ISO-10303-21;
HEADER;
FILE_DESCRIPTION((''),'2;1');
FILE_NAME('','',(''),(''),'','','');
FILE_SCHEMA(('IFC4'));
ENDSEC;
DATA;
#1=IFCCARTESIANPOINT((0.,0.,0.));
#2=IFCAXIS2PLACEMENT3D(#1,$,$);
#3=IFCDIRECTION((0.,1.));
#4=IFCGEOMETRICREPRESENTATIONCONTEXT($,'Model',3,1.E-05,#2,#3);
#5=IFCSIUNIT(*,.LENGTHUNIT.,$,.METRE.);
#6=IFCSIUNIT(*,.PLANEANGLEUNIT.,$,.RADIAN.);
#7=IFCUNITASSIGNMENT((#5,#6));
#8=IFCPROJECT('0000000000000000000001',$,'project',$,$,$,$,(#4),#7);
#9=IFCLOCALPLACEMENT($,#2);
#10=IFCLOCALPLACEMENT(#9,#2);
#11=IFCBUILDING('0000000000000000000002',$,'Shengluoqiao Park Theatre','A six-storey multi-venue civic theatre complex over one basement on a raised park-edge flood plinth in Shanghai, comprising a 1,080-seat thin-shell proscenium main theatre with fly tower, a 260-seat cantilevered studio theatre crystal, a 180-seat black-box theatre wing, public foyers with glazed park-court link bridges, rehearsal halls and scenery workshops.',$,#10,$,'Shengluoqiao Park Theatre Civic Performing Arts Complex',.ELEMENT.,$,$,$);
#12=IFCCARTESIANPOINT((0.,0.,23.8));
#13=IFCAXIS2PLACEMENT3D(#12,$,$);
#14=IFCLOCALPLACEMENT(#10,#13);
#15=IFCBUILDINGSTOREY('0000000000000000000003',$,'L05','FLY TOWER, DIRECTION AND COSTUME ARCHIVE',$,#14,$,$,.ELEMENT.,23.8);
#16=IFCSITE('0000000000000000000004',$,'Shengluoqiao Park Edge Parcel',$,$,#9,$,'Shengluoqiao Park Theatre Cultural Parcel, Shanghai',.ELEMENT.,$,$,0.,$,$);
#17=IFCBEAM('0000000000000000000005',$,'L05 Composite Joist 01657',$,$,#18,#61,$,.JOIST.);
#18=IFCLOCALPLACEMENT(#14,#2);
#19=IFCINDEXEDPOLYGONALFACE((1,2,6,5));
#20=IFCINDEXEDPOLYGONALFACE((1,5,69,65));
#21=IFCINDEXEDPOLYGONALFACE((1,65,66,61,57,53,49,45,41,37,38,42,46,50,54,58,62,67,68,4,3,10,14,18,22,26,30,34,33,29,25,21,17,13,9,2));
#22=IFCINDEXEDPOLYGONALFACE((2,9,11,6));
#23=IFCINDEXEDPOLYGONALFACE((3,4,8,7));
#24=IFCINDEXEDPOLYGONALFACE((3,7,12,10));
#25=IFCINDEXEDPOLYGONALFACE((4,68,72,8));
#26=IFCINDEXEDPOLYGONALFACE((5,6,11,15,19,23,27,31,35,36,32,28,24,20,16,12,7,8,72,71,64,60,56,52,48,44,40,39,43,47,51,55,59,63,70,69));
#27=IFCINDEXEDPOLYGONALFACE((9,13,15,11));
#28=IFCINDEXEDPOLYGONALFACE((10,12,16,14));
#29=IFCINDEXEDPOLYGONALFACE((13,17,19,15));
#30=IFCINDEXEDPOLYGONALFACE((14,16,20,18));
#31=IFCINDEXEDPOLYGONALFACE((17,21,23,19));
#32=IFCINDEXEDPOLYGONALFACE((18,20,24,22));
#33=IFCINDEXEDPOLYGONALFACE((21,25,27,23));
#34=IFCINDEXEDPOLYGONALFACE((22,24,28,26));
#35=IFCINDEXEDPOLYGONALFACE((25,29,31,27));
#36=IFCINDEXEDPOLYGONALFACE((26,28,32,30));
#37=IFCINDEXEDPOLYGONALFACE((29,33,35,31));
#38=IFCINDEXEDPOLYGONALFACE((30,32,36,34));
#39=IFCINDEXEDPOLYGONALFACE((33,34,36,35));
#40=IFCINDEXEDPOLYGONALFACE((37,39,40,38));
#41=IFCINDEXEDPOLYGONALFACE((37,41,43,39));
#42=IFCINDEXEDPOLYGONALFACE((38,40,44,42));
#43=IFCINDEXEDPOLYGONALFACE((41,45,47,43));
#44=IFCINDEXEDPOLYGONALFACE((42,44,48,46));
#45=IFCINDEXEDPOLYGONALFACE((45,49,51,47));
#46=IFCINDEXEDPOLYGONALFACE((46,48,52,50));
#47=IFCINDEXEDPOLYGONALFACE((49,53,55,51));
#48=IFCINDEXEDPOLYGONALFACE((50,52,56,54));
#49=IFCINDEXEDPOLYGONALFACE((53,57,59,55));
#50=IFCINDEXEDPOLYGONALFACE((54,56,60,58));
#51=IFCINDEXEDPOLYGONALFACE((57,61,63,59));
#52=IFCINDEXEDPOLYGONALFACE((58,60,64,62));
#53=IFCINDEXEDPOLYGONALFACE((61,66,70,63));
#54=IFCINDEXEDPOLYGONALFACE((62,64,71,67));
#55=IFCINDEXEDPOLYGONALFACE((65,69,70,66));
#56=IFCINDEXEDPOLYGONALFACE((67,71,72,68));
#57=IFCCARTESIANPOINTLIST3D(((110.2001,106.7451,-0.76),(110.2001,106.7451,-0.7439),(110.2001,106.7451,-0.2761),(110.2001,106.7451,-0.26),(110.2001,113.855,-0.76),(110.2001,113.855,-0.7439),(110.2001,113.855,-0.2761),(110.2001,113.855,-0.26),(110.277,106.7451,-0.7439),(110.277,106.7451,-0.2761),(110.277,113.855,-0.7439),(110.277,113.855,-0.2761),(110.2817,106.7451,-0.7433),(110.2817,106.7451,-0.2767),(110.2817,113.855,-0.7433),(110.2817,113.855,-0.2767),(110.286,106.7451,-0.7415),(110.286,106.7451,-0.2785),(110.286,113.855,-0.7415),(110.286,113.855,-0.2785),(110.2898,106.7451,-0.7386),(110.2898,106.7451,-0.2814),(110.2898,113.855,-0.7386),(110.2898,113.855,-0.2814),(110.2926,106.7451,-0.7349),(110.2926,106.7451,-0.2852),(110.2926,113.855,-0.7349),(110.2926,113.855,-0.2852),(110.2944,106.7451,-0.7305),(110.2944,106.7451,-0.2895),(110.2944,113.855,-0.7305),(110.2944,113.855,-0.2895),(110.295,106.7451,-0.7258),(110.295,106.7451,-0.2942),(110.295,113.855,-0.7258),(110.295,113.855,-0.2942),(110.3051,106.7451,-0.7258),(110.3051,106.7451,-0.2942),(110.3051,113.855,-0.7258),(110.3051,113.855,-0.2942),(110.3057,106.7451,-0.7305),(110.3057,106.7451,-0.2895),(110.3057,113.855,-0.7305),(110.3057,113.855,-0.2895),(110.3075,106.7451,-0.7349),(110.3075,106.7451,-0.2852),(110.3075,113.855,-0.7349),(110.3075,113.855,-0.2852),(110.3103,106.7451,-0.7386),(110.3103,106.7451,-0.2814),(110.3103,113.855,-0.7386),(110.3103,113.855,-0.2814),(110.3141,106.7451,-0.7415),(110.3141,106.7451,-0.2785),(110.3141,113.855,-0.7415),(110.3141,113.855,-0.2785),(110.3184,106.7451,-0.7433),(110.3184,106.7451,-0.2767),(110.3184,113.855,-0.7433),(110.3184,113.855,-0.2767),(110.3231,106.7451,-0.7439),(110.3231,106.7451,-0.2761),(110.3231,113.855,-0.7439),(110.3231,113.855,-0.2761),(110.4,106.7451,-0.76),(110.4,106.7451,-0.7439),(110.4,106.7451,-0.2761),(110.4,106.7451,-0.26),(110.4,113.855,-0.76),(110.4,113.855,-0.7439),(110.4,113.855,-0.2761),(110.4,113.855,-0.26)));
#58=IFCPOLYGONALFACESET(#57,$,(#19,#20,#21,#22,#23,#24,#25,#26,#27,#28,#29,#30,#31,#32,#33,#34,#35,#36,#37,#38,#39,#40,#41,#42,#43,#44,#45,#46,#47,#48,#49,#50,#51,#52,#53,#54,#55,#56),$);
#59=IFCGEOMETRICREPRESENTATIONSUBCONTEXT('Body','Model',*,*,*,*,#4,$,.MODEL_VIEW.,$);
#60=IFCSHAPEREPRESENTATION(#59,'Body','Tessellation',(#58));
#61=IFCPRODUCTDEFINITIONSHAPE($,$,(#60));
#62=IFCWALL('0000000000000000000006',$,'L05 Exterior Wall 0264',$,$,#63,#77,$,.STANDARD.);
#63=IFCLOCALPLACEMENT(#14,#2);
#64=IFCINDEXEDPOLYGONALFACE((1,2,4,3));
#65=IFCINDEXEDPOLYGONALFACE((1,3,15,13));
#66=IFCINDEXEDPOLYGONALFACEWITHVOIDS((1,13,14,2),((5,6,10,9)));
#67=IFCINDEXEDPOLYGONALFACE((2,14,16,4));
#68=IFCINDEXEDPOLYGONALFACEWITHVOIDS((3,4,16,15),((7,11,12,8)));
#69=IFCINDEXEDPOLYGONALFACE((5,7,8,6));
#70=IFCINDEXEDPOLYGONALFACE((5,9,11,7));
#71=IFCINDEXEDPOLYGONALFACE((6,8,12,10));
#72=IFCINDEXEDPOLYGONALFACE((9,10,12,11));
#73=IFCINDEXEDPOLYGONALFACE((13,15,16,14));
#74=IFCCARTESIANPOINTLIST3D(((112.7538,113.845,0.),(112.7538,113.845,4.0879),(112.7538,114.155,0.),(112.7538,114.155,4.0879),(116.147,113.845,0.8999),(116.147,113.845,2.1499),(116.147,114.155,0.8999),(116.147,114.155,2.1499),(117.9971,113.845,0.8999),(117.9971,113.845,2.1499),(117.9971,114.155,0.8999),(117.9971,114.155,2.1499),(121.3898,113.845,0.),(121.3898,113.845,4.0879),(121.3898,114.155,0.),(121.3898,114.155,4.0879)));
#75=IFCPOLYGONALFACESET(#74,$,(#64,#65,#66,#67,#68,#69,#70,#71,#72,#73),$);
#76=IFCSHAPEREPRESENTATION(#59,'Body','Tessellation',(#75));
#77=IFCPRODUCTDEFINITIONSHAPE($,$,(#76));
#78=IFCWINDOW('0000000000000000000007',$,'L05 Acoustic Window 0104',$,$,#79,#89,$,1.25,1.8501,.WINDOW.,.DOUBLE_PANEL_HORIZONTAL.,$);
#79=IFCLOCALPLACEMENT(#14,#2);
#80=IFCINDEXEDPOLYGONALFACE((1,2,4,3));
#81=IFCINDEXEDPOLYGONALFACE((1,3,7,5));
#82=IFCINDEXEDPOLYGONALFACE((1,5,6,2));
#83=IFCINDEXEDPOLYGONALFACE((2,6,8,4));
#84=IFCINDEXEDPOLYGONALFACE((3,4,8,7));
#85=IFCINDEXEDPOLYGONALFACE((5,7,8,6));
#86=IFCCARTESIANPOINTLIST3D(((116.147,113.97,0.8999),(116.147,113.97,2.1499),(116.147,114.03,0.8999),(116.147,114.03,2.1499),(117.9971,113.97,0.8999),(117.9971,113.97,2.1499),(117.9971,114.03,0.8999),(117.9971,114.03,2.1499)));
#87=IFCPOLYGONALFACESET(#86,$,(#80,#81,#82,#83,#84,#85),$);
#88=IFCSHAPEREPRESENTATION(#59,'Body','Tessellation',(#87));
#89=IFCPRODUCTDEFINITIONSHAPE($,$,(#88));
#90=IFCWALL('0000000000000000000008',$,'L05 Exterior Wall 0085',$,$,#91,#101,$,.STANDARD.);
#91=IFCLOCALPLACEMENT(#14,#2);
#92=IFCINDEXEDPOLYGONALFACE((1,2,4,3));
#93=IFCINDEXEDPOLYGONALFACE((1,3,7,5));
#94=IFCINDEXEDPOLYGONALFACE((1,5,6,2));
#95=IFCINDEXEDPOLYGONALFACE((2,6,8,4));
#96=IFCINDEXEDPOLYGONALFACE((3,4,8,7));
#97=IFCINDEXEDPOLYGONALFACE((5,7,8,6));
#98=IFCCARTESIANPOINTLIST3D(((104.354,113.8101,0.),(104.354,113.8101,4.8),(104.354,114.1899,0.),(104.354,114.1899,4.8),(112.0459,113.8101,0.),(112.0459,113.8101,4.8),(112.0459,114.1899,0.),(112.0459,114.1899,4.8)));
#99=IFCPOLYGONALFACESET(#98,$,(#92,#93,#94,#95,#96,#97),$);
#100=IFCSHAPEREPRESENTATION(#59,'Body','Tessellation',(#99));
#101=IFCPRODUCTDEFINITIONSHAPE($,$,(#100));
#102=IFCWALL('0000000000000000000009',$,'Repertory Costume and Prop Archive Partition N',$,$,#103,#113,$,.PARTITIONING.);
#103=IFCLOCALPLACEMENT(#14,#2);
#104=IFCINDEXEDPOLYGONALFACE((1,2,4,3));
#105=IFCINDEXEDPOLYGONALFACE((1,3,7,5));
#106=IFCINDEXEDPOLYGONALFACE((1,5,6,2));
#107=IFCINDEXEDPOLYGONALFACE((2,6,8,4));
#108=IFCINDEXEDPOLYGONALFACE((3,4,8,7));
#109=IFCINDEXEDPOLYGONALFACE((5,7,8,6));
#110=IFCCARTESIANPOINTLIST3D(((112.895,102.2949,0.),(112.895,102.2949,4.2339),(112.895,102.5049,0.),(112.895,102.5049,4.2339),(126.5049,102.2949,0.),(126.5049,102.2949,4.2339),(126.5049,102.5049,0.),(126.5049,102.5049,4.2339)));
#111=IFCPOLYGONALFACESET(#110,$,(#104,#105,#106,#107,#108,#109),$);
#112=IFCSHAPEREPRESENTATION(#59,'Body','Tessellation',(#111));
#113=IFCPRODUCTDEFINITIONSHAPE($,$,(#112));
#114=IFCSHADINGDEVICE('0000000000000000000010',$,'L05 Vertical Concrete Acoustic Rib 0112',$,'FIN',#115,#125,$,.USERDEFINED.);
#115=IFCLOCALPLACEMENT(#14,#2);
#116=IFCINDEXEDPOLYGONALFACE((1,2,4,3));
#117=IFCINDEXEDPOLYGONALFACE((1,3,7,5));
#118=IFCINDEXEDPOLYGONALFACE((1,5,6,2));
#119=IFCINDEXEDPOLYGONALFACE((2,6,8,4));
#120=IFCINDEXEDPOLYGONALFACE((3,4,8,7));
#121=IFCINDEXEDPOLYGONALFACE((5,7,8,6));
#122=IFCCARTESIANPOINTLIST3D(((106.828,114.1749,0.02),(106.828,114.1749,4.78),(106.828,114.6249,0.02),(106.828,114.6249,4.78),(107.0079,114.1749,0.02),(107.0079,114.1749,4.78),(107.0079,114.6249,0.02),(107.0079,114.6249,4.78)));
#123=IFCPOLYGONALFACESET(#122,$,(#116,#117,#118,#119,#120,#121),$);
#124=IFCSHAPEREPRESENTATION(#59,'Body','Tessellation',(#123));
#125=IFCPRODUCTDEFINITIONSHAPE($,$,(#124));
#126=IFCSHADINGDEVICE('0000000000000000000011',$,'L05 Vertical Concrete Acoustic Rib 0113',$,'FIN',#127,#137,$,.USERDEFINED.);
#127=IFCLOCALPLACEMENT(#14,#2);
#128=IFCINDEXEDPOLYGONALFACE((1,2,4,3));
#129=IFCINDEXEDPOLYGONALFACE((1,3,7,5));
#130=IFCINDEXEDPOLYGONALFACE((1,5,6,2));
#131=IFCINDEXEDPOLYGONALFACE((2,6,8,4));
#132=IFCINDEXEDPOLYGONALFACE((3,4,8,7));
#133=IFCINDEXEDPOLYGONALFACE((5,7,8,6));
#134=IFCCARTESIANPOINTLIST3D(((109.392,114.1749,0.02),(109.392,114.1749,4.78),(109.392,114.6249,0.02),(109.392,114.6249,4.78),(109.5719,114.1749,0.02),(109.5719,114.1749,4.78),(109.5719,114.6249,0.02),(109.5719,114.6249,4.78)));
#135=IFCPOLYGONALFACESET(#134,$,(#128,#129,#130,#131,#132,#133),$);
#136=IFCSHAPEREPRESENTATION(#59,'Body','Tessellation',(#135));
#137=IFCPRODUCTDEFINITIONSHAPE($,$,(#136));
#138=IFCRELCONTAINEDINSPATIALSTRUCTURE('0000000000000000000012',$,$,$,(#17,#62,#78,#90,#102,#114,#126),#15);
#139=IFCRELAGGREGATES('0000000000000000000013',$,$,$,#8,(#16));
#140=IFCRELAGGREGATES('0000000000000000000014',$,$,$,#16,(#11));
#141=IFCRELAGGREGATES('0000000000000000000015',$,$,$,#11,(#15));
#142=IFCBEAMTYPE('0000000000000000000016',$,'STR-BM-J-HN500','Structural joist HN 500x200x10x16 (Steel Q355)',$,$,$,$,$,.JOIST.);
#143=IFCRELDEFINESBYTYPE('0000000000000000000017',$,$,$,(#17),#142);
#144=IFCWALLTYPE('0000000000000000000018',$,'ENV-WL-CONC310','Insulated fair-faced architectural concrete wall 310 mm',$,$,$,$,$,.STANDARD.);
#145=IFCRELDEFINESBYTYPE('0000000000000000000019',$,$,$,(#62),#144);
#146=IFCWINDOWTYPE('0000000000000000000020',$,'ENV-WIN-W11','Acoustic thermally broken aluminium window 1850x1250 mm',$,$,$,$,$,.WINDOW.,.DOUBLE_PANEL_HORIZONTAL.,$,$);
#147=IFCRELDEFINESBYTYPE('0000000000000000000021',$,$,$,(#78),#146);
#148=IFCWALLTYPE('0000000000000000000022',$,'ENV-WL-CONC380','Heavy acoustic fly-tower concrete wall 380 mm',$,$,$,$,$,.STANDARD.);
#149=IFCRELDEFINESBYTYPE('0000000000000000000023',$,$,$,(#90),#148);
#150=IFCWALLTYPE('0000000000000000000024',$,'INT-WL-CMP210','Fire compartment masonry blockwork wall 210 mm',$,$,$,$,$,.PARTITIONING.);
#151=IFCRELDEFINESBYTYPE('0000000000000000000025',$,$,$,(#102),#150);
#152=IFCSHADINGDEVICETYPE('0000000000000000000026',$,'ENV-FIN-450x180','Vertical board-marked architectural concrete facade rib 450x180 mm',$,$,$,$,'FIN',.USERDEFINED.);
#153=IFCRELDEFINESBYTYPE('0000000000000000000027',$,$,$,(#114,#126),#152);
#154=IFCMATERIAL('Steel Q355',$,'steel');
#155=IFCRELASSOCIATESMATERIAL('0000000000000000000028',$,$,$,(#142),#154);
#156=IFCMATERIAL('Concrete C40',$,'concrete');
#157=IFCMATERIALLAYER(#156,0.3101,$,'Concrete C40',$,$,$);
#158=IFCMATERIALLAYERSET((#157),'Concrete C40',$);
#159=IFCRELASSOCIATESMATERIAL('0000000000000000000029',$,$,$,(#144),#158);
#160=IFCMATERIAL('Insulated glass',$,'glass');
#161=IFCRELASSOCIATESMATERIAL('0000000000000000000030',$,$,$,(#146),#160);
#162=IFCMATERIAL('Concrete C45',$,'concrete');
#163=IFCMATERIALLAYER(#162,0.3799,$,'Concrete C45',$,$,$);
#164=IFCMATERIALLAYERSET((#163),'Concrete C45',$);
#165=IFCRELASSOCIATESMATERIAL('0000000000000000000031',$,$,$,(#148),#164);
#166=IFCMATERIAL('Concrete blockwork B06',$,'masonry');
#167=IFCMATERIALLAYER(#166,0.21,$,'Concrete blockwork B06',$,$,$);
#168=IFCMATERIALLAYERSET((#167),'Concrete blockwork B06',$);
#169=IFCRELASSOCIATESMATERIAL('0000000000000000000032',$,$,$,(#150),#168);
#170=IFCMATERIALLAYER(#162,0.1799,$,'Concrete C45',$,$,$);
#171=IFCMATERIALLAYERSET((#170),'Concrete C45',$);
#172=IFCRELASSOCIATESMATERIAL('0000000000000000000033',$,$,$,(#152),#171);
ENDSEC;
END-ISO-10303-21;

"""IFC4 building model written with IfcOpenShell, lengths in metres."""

from ifc_helpers import new_model, si_unit, direction, frame, frame_2d, origin, origin_2d, place, context, subcontext, project, spatial, rectangle, i_section, extrude, material, layer, layer_set, material_profile, profile_set, type_object, element, fill, save


model = new_model("IFC4")

# Units and contexts
model_context = context("Model", 3, precision=1e-05, world=origin(), true_north=direction((0.0, 1.0)))
body_context = subcontext(model_context, "Body", "Model", "MODEL_VIEW")
ifc_project = project(units=[si_unit("LENGTHUNIT", "METRE"), si_unit("PLANEANGLEUNIT", "RADIAN")], contexts=[model_context])

# Site, building, storey
site_placement = place(None, origin())
site = spatial("IfcSite", under=ifc_project, at=site_placement, Name="Shengluoqiao Park Edge Parcel", LongName="Shengluoqiao Park Theatre Cultural Parcel, Shanghai", CompositionType="ELEMENT", RefElevation=0.0)
building_placement = place(site_placement, origin())
building = spatial("IfcBuilding", under=site, at=building_placement, Name="Shengluoqiao Park Theatre", Description="A six-storey multi-venue civic theatre complex over one basement on a raised park-edge flood plinth in Shanghai, comprising a 1,080-seat thin-shell proscenium main theatre with fly tower, a 260-seat cantilevered studio theatre crystal, a 180-seat black-box theatre wing, public foyers with glazed park-court link bridges, rehearsal halls and scenery workshops.", LongName="Shengluoqiao Park Theatre Civic Performing Arts Complex", CompositionType="ELEMENT")
storey_placement = place(building_placement, frame((0.0, 0.0, 23.8)))
storey = spatial("IfcBuildingStorey", under=building, at=storey_placement, Name="L05", Description="FLY TOWER, DIRECTION AND COSTUME ARCHIVE", CompositionType="ELEMENT", Elevation=23.8)

# Beam
ifc_material_1 = material(Name="Steel Q355", Category="steel")
ifc_material_profile_1 = material_profile(ifc_material_1, i_section(OverallWidth=0.2, OverallDepth=0.5, WebThickness=0.01, FlangeThickness=0.0161, FilletRadius=0.0181, at=origin_2d()), Name="HN 500x200x10x16")
ifc_profile_set_1 = profile_set([ifc_material_profile_1], Name="Steel Q355")
beam_type_1 = type_object("IfcBeamType", Name="STR-BM-J-HN500", Description="Structural joist HN 500x200x10x16 (Steel Q355)", PredefinedType="JOIST", material=ifc_profile_set_1)
for number, where, z_axis, x_axis, name in (
    (1, (110.3, 106.7451, -0.51), (0.0, 1.0, 0.0), (-1.0, 0.0, 0.0), "L05 Composite Joist 01657"),
):
    element("IfcBeam", number, at=place(storey_placement, frame(where, z_axis=z_axis, x_axis=x_axis)), inside=storey, type_object=beam_type_1, Name=name, PredefinedType="JOIST", context=body_context, shape_type="SweptSolid", body=[
        extrude(i_section(OverallWidth=0.2, OverallDepth=0.5, WebThickness=0.01, FlangeThickness=0.0161, FilletRadius=0.0181, at=origin_2d()), origin(), (0.0, 0.0, 1.0), 7.1099),
    ])

# Wall, opening, window
ifc_material_2 = material(Name="Concrete C40", Category="concrete")
ifc_layer_1 = layer(ifc_material_2, 0.3101, Name="Concrete C40")
ifc_layer_set_1 = layer_set([ifc_layer_1], Name="Concrete C40")
wall_type_1 = type_object("IfcWallType", Name="ENV-WL-CONC310", Description="Insulated fair-faced architectural concrete wall 310 mm", PredefinedType="STANDARD", material=ifc_layer_set_1)
wall_1_placement = place(storey_placement, frame((112.7539, 114.0, 0.0), z_axis=(0.0, 0.0, 1.0), x_axis=(1.0, 0.0, 0.0)))
wall_1 = element("IfcWall", 2, at=wall_1_placement, inside=storey, type_object=wall_type_1, Name="L05 Exterior Wall 0264", PredefinedType="STANDARD", context=body_context, shape_type="SweptSolid", body=[
    extrude(rectangle(XDim=8.636, YDim=0.3101, at=frame_2d((4.3179, 0.0))), origin(), (0.0, 0.0, 1.0), 4.0879),
])
opening_placement = place(wall_1_placement, frame((3.3931, 0.0, 0.8999)))
opening = element("IfcOpeningElement", 3, at=opening_placement, cuts=wall_1, PredefinedType="OPENING", context=body_context, shape_type="SweptSolid", body=[
    extrude(rectangle(XDim=1.8501, YDim=1.25, at=frame_2d((0.925, 0.625))), frame((0.0, 0.165, 0.0), z_axis=(0.0, -1.0, 0.0), x_axis=(1.0, 0.0, 0.0)), (0.0, 0.0, 1.0), 0.3301),
])
ifc_material_3 = material(Name="Insulated glass", Category="glass")
window_type = type_object("IfcWindowType", Name="ENV-WIN-W11", Description="Acoustic thermally broken aluminium window 1850x1250 mm", PartitioningType="DOUBLE_PANEL_HORIZONTAL", PredefinedType="WINDOW", material=ifc_material_3)
window_placement = place(opening_placement, origin())
window = element("IfcWindow", 4, at=window_placement, inside=storey, type_object=window_type, Name="L05 Acoustic Window 0104", OverallHeight=1.25, OverallWidth=1.8501, PartitioningType="DOUBLE_PANEL_HORIZONTAL", PredefinedType="WINDOW", context=body_context, shape_type="SweptSolid", body=[
    extrude(rectangle(XDim=1.8501, YDim=1.25, at=frame_2d((0.925, 0.625))), frame((0.0, 0.03, 0.0), z_axis=(0.0, -1.0, 0.0), x_axis=(1.0, 0.0, 0.0)), (0.0, 0.0, 1.0), 0.0601),
])
fill(opening, window)

# Walls
ifc_material_4 = material(Name="Concrete C45", Category="concrete")
ifc_layer_2 = layer(ifc_material_4, 0.3799, Name="Concrete C45")
ifc_layer_set_2 = layer_set([ifc_layer_2], Name="Concrete C45")
wall_type_2 = type_object("IfcWallType", Name="ENV-WL-CONC380", Description="Heavy acoustic fly-tower concrete wall 380 mm", PredefinedType="STANDARD", material=ifc_layer_set_2)
wall_2_placement = place(storey_placement, frame((104.354, 114.0, 0.0), z_axis=(0.0, 0.0, 1.0), x_axis=(1.0, 0.0, 0.0)))
element("IfcWall", 5, at=wall_2_placement, inside=storey, type_object=wall_type_2, Name="L05 Exterior Wall 0085", PredefinedType="STANDARD", context=body_context, shape_type="SweptSolid", body=[
    extrude(rectangle(XDim=7.6919, YDim=0.3799, at=frame_2d((3.8459, 0.0))), origin(), (0.0, 0.0, 1.0), 4.8),
])
ifc_material_5 = material(Name="Concrete blockwork B06", Category="masonry")
ifc_layer_3 = layer(ifc_material_5, 0.21, Name="Concrete blockwork B06")
ifc_layer_set_3 = layer_set([ifc_layer_3], Name="Concrete blockwork B06")
wall_type_3 = type_object("IfcWallType", Name="INT-WL-CMP210", Description="Fire compartment masonry blockwork wall 210 mm", PredefinedType="PARTITIONING", material=ifc_layer_set_3)
wall_3_placement = place(storey_placement, frame((112.895, 102.3999, 0.0), z_axis=(0.0, 0.0, 1.0), x_axis=(1.0, 0.0, 0.0)))
element("IfcWall", 6, at=wall_3_placement, inside=storey, type_object=wall_type_3, Name="Repertory Costume and Prop Archive Partition N", PredefinedType="PARTITIONING", context=body_context, shape_type="SweptSolid", body=[
    extrude(rectangle(XDim=13.6099, YDim=0.21, at=frame_2d((6.8049, 0.0))), origin(), (0.0, 0.0, 1.0), 4.2339),
])

# Shading devices
ifc_layer_4 = layer(ifc_material_4, 0.1799, Name="Concrete C45")
ifc_layer_set_4 = layer_set([ifc_layer_4], Name="Concrete C45")
shading_device_type = type_object("IfcShadingDeviceType", Name="ENV-FIN-450x180", Description="Vertical board-marked architectural concrete facade rib 450x180 mm", ElementType="FIN", PredefinedType="USERDEFINED", material=ifc_layer_set_4)
for number, where, z_axis, x_axis, name in (
    (7, (106.918, 114.3999, 0.02), (0.0, 0.0, 1.0), (0.0, 1.0, 0.0), "L05 Vertical Concrete Acoustic Rib 0112"),
    (8, (109.4819, 114.3999, 0.02), (0.0, 0.0, 1.0), (0.0, 1.0, 0.0), "L05 Vertical Concrete Acoustic Rib 0113"),
):
    element("IfcShadingDevice", number, at=place(storey_placement, frame(where, z_axis=z_axis, x_axis=x_axis)), inside=storey, type_object=shading_device_type, Name=name, ObjectType="FIN", PredefinedType="USERDEFINED", context=body_context, shape_type="SweptSolid", body=[
        extrude(rectangle(XDim=0.45, YDim=0.1799, at=origin_2d()), origin(), (0.0, 0.0, 1.0), 4.76),
    ])

save(model, "model.ifc")
